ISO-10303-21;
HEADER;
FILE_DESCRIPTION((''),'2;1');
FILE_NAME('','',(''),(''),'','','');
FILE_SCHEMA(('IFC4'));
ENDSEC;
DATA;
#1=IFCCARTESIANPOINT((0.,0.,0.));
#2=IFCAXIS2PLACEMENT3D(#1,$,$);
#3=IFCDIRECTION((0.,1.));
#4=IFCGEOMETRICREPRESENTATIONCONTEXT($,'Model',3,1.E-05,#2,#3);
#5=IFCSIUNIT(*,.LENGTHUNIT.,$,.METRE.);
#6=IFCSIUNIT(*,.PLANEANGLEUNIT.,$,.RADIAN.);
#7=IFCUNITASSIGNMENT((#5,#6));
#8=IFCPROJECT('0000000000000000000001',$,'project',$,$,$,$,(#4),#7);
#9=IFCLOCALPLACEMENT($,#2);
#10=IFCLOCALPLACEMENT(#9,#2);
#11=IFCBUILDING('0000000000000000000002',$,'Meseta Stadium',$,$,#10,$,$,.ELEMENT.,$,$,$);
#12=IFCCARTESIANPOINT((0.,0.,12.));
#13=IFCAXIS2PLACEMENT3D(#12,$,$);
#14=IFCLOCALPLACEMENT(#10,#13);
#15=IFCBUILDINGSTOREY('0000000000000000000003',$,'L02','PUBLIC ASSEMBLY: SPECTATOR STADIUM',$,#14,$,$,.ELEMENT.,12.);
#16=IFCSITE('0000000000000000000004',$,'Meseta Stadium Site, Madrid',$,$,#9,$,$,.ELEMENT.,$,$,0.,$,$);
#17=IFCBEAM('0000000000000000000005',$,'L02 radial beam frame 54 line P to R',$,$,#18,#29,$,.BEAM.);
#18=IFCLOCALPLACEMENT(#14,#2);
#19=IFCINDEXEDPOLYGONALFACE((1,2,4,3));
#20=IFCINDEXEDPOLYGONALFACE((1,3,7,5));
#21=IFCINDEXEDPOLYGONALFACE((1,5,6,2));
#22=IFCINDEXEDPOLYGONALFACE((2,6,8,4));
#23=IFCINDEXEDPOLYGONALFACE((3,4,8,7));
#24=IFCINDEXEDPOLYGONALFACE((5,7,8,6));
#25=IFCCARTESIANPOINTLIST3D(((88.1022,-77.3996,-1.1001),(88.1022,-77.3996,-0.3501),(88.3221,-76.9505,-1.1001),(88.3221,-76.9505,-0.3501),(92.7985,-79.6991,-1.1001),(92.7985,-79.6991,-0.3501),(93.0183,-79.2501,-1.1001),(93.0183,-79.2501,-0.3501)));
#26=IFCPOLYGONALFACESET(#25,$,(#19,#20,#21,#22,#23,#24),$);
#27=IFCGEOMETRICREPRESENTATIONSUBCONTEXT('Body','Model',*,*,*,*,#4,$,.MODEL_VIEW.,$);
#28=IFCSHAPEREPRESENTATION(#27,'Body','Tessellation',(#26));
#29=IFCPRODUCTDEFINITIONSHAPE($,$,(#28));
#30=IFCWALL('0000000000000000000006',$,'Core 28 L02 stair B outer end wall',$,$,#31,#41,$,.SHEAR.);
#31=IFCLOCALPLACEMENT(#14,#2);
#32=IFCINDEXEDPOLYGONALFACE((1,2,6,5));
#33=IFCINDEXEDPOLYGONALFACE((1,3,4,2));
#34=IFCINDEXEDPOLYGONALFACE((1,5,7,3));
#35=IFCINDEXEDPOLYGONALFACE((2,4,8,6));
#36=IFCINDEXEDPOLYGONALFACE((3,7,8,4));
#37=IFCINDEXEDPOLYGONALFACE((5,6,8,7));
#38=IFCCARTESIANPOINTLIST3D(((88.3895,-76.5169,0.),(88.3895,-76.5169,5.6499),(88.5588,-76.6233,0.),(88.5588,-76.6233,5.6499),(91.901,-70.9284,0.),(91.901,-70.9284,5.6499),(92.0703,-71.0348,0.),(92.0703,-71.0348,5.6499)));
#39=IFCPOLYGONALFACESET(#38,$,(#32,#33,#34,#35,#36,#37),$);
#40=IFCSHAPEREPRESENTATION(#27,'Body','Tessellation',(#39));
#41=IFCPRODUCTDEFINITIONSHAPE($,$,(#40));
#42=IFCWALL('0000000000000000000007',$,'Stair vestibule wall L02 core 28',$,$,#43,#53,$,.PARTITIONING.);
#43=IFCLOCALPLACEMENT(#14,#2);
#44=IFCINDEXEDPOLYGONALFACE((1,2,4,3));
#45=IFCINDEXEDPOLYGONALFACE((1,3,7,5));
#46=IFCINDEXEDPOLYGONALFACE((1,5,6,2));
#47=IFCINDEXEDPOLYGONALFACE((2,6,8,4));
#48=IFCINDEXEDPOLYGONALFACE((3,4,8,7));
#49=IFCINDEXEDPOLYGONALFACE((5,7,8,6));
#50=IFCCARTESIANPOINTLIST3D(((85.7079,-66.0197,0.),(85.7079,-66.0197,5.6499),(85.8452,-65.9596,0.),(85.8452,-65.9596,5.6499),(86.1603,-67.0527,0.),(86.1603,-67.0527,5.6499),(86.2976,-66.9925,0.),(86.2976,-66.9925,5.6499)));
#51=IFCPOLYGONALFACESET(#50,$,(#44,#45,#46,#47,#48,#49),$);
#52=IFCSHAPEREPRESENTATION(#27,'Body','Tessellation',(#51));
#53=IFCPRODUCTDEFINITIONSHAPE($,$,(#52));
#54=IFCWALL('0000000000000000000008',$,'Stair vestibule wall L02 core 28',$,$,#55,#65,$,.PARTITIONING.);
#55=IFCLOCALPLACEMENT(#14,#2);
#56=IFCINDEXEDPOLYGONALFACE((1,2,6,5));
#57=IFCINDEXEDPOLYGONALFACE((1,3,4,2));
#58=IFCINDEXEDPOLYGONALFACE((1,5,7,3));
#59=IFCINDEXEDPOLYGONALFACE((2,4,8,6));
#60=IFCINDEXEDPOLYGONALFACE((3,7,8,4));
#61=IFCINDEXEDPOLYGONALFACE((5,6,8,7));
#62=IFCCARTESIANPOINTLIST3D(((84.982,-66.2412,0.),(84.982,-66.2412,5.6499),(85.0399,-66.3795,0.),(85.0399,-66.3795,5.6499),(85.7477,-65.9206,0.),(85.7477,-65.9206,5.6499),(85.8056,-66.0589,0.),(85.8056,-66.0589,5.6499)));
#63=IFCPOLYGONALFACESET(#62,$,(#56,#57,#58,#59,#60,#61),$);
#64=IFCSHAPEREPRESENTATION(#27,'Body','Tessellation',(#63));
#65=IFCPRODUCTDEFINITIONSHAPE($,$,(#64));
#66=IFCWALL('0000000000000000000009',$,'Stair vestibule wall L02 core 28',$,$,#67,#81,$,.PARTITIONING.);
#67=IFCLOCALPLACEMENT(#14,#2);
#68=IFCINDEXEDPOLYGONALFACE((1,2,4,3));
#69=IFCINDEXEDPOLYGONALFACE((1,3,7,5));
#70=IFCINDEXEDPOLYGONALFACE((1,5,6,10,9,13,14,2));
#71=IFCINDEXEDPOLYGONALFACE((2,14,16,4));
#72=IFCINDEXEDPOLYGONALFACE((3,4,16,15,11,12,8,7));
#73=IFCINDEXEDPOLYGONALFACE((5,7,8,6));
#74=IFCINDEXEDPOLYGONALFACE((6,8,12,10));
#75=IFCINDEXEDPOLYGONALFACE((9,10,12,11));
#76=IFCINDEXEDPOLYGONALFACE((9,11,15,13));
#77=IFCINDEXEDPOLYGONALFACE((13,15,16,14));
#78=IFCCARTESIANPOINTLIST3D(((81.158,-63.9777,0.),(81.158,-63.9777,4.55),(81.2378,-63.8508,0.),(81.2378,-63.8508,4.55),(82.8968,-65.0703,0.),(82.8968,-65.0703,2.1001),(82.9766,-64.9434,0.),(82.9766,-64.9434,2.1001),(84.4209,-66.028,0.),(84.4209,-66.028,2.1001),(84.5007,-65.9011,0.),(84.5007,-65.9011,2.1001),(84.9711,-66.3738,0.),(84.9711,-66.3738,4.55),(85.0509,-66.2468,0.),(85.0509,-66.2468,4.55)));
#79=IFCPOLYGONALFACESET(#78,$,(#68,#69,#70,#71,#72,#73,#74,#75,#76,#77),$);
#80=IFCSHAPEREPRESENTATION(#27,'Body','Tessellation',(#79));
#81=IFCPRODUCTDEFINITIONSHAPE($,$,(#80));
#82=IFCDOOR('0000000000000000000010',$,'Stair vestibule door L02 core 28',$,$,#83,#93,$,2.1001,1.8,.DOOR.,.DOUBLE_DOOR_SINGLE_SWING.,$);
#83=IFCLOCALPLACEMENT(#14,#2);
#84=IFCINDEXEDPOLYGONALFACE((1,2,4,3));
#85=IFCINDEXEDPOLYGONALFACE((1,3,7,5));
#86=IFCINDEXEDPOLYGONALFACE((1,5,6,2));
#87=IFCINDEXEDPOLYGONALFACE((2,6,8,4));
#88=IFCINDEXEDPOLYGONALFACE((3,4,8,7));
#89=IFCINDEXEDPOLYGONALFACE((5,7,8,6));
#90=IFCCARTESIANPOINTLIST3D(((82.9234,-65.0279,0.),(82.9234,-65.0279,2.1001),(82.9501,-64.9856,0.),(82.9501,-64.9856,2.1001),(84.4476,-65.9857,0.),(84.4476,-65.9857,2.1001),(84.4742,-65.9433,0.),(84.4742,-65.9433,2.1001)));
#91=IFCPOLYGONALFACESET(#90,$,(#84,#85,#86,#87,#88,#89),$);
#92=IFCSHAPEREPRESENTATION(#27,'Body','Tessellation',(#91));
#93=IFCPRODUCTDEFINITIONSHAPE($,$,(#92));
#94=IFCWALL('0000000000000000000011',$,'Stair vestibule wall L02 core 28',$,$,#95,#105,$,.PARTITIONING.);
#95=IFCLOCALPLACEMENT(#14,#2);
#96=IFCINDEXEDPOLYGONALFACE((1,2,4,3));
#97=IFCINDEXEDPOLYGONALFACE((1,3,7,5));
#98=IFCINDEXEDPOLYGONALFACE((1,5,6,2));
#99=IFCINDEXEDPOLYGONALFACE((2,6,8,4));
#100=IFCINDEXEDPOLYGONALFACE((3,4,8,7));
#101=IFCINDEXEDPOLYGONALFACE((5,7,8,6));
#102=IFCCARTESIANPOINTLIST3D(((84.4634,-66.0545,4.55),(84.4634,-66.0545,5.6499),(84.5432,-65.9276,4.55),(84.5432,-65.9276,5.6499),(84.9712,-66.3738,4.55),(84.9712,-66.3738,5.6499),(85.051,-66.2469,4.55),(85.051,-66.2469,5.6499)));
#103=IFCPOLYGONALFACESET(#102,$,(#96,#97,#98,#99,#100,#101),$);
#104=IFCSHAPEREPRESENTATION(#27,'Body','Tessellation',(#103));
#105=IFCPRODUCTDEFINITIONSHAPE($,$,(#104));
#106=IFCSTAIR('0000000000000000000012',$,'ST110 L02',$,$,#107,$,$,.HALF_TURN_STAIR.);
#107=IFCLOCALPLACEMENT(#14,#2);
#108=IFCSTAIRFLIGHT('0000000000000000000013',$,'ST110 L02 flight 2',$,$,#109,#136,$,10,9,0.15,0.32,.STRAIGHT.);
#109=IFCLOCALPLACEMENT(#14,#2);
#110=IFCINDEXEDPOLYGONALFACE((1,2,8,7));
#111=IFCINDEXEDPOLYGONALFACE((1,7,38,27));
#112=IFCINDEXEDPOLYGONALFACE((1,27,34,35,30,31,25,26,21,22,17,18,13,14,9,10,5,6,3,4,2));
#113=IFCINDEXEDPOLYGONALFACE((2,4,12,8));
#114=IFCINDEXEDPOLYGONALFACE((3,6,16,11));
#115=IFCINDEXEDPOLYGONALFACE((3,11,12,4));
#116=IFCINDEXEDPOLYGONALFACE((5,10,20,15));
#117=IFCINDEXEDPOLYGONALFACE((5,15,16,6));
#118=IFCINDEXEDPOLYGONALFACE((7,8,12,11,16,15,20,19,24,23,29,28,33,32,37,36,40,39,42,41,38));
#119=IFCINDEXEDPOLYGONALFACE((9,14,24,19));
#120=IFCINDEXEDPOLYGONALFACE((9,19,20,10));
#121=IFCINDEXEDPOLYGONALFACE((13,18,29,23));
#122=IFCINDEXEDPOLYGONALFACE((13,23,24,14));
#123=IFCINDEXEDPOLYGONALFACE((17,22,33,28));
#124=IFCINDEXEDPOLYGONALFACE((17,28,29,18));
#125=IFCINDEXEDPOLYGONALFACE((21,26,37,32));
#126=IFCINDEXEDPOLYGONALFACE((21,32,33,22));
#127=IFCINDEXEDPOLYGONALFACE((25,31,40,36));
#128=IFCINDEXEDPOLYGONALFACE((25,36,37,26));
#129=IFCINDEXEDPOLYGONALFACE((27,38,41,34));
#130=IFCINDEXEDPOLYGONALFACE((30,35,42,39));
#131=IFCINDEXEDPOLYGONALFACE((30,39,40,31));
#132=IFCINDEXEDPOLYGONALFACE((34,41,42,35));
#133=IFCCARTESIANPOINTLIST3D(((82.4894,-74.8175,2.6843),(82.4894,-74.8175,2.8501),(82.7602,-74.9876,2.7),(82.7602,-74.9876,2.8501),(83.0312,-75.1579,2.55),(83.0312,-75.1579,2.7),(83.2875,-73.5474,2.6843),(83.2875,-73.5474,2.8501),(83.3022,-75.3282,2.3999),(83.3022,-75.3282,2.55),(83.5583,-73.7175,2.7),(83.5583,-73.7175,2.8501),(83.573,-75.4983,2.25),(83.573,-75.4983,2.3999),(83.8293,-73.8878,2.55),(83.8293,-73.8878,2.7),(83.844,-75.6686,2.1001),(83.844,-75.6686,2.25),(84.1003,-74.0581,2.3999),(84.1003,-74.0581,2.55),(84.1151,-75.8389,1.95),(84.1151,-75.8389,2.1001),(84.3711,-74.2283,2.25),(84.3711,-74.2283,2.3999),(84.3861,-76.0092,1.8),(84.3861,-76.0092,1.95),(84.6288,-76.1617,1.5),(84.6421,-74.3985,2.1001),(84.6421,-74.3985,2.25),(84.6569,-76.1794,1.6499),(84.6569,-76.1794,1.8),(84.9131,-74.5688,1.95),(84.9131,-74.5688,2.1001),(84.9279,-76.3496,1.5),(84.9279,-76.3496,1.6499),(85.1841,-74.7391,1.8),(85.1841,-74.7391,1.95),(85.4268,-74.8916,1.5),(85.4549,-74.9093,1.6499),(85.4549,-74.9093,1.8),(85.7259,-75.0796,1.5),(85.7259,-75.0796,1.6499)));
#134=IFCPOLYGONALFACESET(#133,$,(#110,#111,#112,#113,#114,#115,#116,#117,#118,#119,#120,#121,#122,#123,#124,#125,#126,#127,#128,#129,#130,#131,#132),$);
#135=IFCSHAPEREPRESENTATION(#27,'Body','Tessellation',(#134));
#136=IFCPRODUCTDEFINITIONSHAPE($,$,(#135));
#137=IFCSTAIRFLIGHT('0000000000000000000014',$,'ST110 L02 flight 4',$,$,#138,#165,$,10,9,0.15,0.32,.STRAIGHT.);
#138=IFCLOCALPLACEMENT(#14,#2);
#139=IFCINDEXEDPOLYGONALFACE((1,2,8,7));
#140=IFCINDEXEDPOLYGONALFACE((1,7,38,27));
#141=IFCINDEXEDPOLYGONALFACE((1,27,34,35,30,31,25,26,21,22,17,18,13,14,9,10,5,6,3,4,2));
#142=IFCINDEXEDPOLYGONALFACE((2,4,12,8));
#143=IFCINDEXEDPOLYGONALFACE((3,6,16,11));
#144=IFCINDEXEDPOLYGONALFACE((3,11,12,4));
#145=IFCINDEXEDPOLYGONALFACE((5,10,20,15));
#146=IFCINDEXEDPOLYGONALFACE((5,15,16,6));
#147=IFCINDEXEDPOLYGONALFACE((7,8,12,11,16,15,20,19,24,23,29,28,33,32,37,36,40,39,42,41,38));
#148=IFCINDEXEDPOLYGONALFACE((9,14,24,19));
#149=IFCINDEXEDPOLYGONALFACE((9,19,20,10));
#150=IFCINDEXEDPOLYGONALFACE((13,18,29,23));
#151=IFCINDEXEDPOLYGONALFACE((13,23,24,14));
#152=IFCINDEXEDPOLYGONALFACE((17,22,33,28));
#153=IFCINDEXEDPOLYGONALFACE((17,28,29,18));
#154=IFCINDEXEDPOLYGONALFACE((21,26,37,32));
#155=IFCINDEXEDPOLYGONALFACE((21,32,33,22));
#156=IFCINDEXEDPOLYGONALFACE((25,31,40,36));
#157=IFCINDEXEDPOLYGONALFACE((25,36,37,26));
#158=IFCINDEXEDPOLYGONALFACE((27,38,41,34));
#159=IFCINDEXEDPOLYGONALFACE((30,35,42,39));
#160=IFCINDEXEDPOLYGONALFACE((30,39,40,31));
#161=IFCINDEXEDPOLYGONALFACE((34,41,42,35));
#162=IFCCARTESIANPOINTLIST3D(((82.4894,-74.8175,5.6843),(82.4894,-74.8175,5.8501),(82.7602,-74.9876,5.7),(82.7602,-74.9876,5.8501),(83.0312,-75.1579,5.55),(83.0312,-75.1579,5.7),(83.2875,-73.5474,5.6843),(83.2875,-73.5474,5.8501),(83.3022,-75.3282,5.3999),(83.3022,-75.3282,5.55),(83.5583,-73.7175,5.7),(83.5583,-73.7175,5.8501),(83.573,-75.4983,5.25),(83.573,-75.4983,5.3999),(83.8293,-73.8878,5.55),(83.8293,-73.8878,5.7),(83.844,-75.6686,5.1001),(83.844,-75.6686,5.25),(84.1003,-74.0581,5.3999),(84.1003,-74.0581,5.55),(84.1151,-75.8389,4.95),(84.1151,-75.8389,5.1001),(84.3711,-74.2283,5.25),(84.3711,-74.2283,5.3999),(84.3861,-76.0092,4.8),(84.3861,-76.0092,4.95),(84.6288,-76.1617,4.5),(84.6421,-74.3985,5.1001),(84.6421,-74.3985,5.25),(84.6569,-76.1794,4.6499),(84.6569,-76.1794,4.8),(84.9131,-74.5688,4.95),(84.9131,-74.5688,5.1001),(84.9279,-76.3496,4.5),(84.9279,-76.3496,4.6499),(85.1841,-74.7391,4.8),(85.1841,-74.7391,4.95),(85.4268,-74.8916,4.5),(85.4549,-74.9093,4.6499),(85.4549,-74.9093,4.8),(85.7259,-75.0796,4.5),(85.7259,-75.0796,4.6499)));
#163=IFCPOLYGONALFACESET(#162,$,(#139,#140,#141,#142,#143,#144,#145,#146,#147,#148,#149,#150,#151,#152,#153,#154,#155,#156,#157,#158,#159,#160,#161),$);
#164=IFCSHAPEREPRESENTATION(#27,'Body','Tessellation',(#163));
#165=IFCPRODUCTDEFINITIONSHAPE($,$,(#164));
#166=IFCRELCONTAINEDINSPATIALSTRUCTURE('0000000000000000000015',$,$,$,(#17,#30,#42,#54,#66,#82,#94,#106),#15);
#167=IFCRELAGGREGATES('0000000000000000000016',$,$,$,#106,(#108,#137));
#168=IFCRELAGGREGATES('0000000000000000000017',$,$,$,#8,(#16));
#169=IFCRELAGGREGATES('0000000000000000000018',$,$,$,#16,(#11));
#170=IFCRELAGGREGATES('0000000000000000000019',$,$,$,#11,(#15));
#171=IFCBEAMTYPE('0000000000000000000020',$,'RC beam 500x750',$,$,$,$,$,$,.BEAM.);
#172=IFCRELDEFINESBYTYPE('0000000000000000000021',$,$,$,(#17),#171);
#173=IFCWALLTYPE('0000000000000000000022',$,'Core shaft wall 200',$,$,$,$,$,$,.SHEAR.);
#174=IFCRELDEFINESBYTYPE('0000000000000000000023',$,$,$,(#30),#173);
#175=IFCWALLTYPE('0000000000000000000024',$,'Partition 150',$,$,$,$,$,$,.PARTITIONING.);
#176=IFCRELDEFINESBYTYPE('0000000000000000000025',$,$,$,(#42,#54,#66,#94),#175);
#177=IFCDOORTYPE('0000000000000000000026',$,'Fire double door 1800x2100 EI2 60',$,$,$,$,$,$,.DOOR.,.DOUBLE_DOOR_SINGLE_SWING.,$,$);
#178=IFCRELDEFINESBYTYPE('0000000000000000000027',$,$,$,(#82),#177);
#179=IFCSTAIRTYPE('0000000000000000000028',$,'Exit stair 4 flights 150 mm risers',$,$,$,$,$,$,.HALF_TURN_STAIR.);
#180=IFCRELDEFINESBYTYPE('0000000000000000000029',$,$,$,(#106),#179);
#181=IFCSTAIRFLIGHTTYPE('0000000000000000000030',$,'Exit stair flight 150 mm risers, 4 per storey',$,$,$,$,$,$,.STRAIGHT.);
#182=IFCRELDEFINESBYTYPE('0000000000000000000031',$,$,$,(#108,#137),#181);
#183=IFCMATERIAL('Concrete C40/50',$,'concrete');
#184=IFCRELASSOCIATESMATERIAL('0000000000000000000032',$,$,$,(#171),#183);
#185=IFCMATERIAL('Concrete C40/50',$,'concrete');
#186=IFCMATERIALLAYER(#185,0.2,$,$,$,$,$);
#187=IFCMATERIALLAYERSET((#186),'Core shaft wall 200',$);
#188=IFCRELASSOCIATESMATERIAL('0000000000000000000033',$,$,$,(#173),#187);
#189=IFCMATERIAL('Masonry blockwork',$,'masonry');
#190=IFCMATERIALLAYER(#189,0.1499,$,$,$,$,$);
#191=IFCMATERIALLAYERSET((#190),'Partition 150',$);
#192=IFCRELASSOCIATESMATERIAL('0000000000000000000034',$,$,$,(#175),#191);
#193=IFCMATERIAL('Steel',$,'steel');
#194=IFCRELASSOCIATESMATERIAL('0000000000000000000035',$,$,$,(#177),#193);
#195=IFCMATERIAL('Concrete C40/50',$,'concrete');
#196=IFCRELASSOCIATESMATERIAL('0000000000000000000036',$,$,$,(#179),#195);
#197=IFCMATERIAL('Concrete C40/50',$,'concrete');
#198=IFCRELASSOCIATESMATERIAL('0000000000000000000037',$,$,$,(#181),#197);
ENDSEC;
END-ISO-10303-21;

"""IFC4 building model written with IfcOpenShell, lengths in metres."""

from ifc_helpers import new_model, si_unit, direction, frame, frame_2d, origin, origin_2d, place, context, subcontext, project, spatial, polyline, rectangle, outline, extrude, material, layer, layer_set, material_profile, profile_set, type_object, element, fill, aggregate, save


model = new_model("IFC4")

# Units and contexts
model_context = context("Model", 3, precision=1e-05, world=origin(), true_north=direction((0.0, 1.0)))
body_context = subcontext(model_context, "Body", "Model", "MODEL_VIEW")
ifc_project = project(units=[si_unit("LENGTHUNIT", "METRE"), si_unit("PLANEANGLEUNIT", "RADIAN")], contexts=[model_context])

# Site, building, storey
site_placement = place(None, origin())
site = spatial("IfcSite", under=ifc_project, at=site_placement, Name="Meseta Stadium Site, Madrid", CompositionType="ELEMENT", RefElevation=0.0)
building_placement = place(site_placement, origin())
building = spatial("IfcBuilding", under=site, at=building_placement, Name="Meseta Stadium", CompositionType="ELEMENT")
storey_placement = place(building_placement, frame((0.0, 0.0, 12.0)))
storey = spatial("IfcBuildingStorey", under=building, at=storey_placement, Name="L02", Description="PUBLIC ASSEMBLY: SPECTATOR STADIUM", CompositionType="ELEMENT", Elevation=12.0)

# Beam
ifc_material_1 = material(Name="Concrete C40/50", Category="concrete")
ifc_material_profile = material_profile(ifc_material_1, rectangle(XDim=0.5, YDim=0.75, at=origin_2d()), Name="RC 500x750")
ifc_profile_set = profile_set([ifc_material_profile], Name="Concrete C40/50")
beam_type = type_object("IfcBeamType", Name="RC beam 500x750", PredefinedType="BEAM", material=ifc_profile_set)
beam_placement = place(storey_placement, frame((88.2122, -77.175, -0.7251), z_axis=(0.898113, -0.439765, 0.0), x_axis=(0.439765, 0.898113, 0.0)))
element("IfcBeam", 1, at=beam_placement, inside=storey, type_object=beam_type, Name="L02 radial beam frame 54 line P to R", PredefinedType="BEAM", context=body_context, shape_type="SweptSolid", body=[
    extrude(rectangle(XDim=0.5, YDim=0.75, at=origin_2d()), origin(), (0.0, 0.0, 1.0), 5.229),
])

# Walls
ifc_material_2 = material(Name="Concrete C40/50", Category="concrete")
ifc_layer_1 = layer(ifc_material_2, 0.2)
ifc_layer_set_1 = layer_set([ifc_layer_1], Name="Core shaft wall 200")
wall_type_1 = type_object("IfcWallType", Name="Core shaft wall 200", PredefinedType="SHEAR", material=ifc_layer_set_1)
wall_1_placement = place(storey_placement, frame((88.4741, -76.5701, 0.0), z_axis=(0.0, 0.0, 1.0), x_axis=(0.532039, 0.84672, 0.0)))
element("IfcWall", 2, at=wall_1_placement, inside=storey, type_object=wall_type_1, Name="Core 28 L02 stair B outer end wall", PredefinedType="SHEAR", context=body_context, shape_type="SweptSolid", body=[
    extrude(rectangle(XDim=6.6001, YDim=0.2, at=frame_2d((3.3, 0.0))), origin(), (0.0, 0.0, 1.0), 5.6499),
])
ifc_material_3 = material(Name="Masonry blockwork", Category="masonry")
ifc_layer_2 = layer(ifc_material_3, 0.1499)
ifc_layer_set_2 = layer_set([ifc_layer_2], Name="Partition 150")
wall_type_2 = type_object("IfcWallType", Name="Partition 150", PredefinedType="PARTITIONING", material=ifc_layer_set_2)
wall_2_placement = place(storey_placement, frame((86.229, -67.0227, 0.0), z_axis=(0.0, 0.0, 1.0), x_axis=(-0.401171, 0.916003, 0.0)))
element("IfcWall", 3, at=wall_2_placement, inside=storey, type_object=wall_type_2, Name="Stair vestibule wall L02 core 28", PredefinedType="PARTITIONING", context=body_context, shape_type="SweptSolid", body=[
    extrude(rectangle(XDim=1.1277, YDim=0.1499, at=frame_2d((0.564, 0.0))), origin(), (0.0, 0.0, 1.0), 5.6499),
])
wall_3_placement = place(storey_placement, frame((85.7766, -65.9897, 0.0), z_axis=(0.0, 0.0, 1.0), x_axis=(-0.922414, -0.386202, 0.0)))
element("IfcWall", 4, at=wall_3_placement, inside=storey, type_object=wall_type_2, Name="Stair vestibule wall L02 core 28", PredefinedType="PARTITIONING", context=body_context, shape_type="SweptSolid", body=[
    extrude(rectangle(XDim=0.8301, YDim=0.1499, at=frame_2d((0.415, 0.0))), origin(), (0.0, 0.0, 1.0), 5.6499),
])

# Wall, opening, door
wall_4_placement = place(storey_placement, frame((85.011, -66.3103, 0.0), z_axis=(0.0, 0.0, 1.0), x_axis=(-0.846711, 0.532054, 0.0)))
wall_4 = element("IfcWall", 5, at=wall_4_placement, inside=storey, type_object=wall_type_2, Name="Stair vestibule wall L02 core 28", PredefinedType="PARTITIONING", context=body_context, shape_type="SweptSolid", body=[
    extrude(rectangle(XDim=4.5034, YDim=0.1499, at=frame_2d((2.2517, 0.0))), origin(), (0.0, 0.0, 1.0), 4.55),
])
opening_placement = place(wall_4_placement, frame((0.6499, 0.0, 0.0)))
opening = element("IfcOpeningElement", 6, at=opening_placement, cuts=wall_4, PredefinedType="OPENING", context=body_context, shape_type="SweptSolid", body=[
    extrude(rectangle(XDim=1.8, YDim=2.1001, at=frame_2d((0.8999, 1.05))), frame((0.0, 0.085, 0.0), z_axis=(0.0, -1.0, 0.0), x_axis=(1.0, 0.0, 0.0)), (0.0, 0.0, 1.0), 0.1699),
])
ifc_material_4 = material(Name="Steel", Category="steel")
door_type = type_object("IfcDoorType", Name="Fire double door 1800x2100 EI2 60", OperationType="DOUBLE_DOOR_SINGLE_SWING", PredefinedType="DOOR", material=ifc_material_4)
door_placement = place(opening_placement, origin())
door = element("IfcDoor", 7, at=door_placement, inside=storey, type_object=door_type, Name="Stair vestibule door L02 core 28", OperationType="DOUBLE_DOOR_SINGLE_SWING", OverallHeight=2.1001, OverallWidth=1.8, PredefinedType="DOOR", context=body_context, shape_type="SweptSolid", body=[
    extrude(rectangle(XDim=1.8, YDim=2.1001, at=frame_2d((0.8999, 1.05))), frame((0.0, 0.0249, 0.0), z_axis=(0.0, -1.0, 0.0), x_axis=(1.0, 0.0, 0.0)), (0.0, 0.0, 1.0), 0.05),
])
fill(opening, door)

# Wall
wall_5_placement = place(storey_placement, frame((85.011, -66.3103, 4.55), z_axis=(0.0, 0.0, 1.0), x_axis=(-0.846532, 0.532338, 0.0)))
element("IfcWall", 8, at=wall_5_placement, inside=storey, type_object=wall_type_2, Name="Stair vestibule wall L02 core 28", PredefinedType="PARTITIONING", context=body_context, shape_type="SweptSolid", body=[
    extrude(rectangle(XDim=0.5999, YDim=0.1499, at=frame_2d((0.2998, 0.0))), origin(), (0.0, 0.0, 1.0), 1.0999),
])

# Stair, stair flights
ifc_material_5 = material(Name="Concrete C40/50", Category="concrete")
stair_type = type_object("IfcStairType", Name="Exit stair 4 flights 150 mm risers", PredefinedType="HALF_TURN_STAIR", material=ifc_material_5)
stair_1_placement = place(storey_placement, origin())
stair_1 = element("IfcStair", 9, at=stair_1_placement, inside=storey, type_object=stair_type, Name="ST110 L02", PredefinedType="HALF_TURN_STAIR")
ifc_material_6 = material(Name="Concrete C40/50", Category="concrete")
stair_flight_type = type_object("IfcStairFlightType", Name="Exit stair flight 150 mm risers, 4 per storey", PredefinedType="STRAIGHT", material=ifc_material_6)
stair_flight_1_placement = place(storey_placement, frame((85.3269, -75.7146, 1.5), z_axis=(0.0, 0.0, 1.0), x_axis=(-0.846724, 0.532032, 0.0)))
stair_flight_1 = element("IfcStairFlight", 10, at=stair_flight_1_placement, type_object=stair_flight_type, Name="ST110 L02 flight 2", NumberOfRisers=10, NumberOfTreads=9, PredefinedType="STRAIGHT", RiserHeight=0.15, TreadLength=0.32, context=body_context, shape_type="SweptSolid", body=[
    extrude(outline(polyline([(0.0, 0.0), (0.0, 0.1499), (0.3201, 0.1499), (0.3201, 0.3), (0.6399, 0.3), (0.6399, 0.45), (0.96, 0.45), (0.96, 0.6001), (1.28, 0.6001), (1.28, 0.75), (1.6001, 0.75), (1.6001, 0.8999), (1.9199, 0.8999), (1.9199, 1.05), (2.24, 1.05), (2.24, 1.2), (2.5601, 1.2), (2.5601, 1.3501), (2.8799, 1.3501), (2.8799, 1.1843), (0.3533, 0.0), (0.0, 0.0)])), frame((0.0, 0.75, 0.0), z_axis=(0.0, -1.0, 0.0), x_axis=(1.0, 0.0, 0.0)), (0.0, 0.0, 1.0), 1.5),
])
stair_flight_2_placement = place(storey_placement, frame((85.3269, -75.7146, 4.5), z_axis=(0.0, 0.0, 1.0), x_axis=(-0.846724, 0.532032, 0.0)))
stair_flight_2 = element("IfcStairFlight", 11, at=stair_flight_2_placement, type_object=stair_flight_type, Name="ST110 L02 flight 4", NumberOfRisers=10, NumberOfTreads=9, PredefinedType="STRAIGHT", RiserHeight=0.15, TreadLength=0.32, context=body_context, shape_type="SweptSolid", body=[
    extrude(outline(polyline([(0.0, 0.0), (0.0, 0.1499), (0.3201, 0.1499), (0.3201, 0.3), (0.6399, 0.3), (0.6399, 0.45), (0.96, 0.45), (0.96, 0.6001), (1.28, 0.6001), (1.28, 0.75), (1.6001, 0.75), (1.6001, 0.8999), (1.9199, 0.8999), (1.9199, 1.05), (2.24, 1.05), (2.24, 1.2), (2.5601, 1.2), (2.5601, 1.3501), (2.8799, 1.3501), (2.8799, 1.1843), (0.3533, 0.0), (0.0, 0.0)])), frame((0.0, 0.75, 0.0), z_axis=(0.0, -1.0, 0.0), x_axis=(1.0, 0.0, 0.0)), (0.0, 0.0, 1.0), 1.5),
])
aggregate(stair_1, [stair_flight_1, stair_flight_2])

save(model, "model.ifc")
